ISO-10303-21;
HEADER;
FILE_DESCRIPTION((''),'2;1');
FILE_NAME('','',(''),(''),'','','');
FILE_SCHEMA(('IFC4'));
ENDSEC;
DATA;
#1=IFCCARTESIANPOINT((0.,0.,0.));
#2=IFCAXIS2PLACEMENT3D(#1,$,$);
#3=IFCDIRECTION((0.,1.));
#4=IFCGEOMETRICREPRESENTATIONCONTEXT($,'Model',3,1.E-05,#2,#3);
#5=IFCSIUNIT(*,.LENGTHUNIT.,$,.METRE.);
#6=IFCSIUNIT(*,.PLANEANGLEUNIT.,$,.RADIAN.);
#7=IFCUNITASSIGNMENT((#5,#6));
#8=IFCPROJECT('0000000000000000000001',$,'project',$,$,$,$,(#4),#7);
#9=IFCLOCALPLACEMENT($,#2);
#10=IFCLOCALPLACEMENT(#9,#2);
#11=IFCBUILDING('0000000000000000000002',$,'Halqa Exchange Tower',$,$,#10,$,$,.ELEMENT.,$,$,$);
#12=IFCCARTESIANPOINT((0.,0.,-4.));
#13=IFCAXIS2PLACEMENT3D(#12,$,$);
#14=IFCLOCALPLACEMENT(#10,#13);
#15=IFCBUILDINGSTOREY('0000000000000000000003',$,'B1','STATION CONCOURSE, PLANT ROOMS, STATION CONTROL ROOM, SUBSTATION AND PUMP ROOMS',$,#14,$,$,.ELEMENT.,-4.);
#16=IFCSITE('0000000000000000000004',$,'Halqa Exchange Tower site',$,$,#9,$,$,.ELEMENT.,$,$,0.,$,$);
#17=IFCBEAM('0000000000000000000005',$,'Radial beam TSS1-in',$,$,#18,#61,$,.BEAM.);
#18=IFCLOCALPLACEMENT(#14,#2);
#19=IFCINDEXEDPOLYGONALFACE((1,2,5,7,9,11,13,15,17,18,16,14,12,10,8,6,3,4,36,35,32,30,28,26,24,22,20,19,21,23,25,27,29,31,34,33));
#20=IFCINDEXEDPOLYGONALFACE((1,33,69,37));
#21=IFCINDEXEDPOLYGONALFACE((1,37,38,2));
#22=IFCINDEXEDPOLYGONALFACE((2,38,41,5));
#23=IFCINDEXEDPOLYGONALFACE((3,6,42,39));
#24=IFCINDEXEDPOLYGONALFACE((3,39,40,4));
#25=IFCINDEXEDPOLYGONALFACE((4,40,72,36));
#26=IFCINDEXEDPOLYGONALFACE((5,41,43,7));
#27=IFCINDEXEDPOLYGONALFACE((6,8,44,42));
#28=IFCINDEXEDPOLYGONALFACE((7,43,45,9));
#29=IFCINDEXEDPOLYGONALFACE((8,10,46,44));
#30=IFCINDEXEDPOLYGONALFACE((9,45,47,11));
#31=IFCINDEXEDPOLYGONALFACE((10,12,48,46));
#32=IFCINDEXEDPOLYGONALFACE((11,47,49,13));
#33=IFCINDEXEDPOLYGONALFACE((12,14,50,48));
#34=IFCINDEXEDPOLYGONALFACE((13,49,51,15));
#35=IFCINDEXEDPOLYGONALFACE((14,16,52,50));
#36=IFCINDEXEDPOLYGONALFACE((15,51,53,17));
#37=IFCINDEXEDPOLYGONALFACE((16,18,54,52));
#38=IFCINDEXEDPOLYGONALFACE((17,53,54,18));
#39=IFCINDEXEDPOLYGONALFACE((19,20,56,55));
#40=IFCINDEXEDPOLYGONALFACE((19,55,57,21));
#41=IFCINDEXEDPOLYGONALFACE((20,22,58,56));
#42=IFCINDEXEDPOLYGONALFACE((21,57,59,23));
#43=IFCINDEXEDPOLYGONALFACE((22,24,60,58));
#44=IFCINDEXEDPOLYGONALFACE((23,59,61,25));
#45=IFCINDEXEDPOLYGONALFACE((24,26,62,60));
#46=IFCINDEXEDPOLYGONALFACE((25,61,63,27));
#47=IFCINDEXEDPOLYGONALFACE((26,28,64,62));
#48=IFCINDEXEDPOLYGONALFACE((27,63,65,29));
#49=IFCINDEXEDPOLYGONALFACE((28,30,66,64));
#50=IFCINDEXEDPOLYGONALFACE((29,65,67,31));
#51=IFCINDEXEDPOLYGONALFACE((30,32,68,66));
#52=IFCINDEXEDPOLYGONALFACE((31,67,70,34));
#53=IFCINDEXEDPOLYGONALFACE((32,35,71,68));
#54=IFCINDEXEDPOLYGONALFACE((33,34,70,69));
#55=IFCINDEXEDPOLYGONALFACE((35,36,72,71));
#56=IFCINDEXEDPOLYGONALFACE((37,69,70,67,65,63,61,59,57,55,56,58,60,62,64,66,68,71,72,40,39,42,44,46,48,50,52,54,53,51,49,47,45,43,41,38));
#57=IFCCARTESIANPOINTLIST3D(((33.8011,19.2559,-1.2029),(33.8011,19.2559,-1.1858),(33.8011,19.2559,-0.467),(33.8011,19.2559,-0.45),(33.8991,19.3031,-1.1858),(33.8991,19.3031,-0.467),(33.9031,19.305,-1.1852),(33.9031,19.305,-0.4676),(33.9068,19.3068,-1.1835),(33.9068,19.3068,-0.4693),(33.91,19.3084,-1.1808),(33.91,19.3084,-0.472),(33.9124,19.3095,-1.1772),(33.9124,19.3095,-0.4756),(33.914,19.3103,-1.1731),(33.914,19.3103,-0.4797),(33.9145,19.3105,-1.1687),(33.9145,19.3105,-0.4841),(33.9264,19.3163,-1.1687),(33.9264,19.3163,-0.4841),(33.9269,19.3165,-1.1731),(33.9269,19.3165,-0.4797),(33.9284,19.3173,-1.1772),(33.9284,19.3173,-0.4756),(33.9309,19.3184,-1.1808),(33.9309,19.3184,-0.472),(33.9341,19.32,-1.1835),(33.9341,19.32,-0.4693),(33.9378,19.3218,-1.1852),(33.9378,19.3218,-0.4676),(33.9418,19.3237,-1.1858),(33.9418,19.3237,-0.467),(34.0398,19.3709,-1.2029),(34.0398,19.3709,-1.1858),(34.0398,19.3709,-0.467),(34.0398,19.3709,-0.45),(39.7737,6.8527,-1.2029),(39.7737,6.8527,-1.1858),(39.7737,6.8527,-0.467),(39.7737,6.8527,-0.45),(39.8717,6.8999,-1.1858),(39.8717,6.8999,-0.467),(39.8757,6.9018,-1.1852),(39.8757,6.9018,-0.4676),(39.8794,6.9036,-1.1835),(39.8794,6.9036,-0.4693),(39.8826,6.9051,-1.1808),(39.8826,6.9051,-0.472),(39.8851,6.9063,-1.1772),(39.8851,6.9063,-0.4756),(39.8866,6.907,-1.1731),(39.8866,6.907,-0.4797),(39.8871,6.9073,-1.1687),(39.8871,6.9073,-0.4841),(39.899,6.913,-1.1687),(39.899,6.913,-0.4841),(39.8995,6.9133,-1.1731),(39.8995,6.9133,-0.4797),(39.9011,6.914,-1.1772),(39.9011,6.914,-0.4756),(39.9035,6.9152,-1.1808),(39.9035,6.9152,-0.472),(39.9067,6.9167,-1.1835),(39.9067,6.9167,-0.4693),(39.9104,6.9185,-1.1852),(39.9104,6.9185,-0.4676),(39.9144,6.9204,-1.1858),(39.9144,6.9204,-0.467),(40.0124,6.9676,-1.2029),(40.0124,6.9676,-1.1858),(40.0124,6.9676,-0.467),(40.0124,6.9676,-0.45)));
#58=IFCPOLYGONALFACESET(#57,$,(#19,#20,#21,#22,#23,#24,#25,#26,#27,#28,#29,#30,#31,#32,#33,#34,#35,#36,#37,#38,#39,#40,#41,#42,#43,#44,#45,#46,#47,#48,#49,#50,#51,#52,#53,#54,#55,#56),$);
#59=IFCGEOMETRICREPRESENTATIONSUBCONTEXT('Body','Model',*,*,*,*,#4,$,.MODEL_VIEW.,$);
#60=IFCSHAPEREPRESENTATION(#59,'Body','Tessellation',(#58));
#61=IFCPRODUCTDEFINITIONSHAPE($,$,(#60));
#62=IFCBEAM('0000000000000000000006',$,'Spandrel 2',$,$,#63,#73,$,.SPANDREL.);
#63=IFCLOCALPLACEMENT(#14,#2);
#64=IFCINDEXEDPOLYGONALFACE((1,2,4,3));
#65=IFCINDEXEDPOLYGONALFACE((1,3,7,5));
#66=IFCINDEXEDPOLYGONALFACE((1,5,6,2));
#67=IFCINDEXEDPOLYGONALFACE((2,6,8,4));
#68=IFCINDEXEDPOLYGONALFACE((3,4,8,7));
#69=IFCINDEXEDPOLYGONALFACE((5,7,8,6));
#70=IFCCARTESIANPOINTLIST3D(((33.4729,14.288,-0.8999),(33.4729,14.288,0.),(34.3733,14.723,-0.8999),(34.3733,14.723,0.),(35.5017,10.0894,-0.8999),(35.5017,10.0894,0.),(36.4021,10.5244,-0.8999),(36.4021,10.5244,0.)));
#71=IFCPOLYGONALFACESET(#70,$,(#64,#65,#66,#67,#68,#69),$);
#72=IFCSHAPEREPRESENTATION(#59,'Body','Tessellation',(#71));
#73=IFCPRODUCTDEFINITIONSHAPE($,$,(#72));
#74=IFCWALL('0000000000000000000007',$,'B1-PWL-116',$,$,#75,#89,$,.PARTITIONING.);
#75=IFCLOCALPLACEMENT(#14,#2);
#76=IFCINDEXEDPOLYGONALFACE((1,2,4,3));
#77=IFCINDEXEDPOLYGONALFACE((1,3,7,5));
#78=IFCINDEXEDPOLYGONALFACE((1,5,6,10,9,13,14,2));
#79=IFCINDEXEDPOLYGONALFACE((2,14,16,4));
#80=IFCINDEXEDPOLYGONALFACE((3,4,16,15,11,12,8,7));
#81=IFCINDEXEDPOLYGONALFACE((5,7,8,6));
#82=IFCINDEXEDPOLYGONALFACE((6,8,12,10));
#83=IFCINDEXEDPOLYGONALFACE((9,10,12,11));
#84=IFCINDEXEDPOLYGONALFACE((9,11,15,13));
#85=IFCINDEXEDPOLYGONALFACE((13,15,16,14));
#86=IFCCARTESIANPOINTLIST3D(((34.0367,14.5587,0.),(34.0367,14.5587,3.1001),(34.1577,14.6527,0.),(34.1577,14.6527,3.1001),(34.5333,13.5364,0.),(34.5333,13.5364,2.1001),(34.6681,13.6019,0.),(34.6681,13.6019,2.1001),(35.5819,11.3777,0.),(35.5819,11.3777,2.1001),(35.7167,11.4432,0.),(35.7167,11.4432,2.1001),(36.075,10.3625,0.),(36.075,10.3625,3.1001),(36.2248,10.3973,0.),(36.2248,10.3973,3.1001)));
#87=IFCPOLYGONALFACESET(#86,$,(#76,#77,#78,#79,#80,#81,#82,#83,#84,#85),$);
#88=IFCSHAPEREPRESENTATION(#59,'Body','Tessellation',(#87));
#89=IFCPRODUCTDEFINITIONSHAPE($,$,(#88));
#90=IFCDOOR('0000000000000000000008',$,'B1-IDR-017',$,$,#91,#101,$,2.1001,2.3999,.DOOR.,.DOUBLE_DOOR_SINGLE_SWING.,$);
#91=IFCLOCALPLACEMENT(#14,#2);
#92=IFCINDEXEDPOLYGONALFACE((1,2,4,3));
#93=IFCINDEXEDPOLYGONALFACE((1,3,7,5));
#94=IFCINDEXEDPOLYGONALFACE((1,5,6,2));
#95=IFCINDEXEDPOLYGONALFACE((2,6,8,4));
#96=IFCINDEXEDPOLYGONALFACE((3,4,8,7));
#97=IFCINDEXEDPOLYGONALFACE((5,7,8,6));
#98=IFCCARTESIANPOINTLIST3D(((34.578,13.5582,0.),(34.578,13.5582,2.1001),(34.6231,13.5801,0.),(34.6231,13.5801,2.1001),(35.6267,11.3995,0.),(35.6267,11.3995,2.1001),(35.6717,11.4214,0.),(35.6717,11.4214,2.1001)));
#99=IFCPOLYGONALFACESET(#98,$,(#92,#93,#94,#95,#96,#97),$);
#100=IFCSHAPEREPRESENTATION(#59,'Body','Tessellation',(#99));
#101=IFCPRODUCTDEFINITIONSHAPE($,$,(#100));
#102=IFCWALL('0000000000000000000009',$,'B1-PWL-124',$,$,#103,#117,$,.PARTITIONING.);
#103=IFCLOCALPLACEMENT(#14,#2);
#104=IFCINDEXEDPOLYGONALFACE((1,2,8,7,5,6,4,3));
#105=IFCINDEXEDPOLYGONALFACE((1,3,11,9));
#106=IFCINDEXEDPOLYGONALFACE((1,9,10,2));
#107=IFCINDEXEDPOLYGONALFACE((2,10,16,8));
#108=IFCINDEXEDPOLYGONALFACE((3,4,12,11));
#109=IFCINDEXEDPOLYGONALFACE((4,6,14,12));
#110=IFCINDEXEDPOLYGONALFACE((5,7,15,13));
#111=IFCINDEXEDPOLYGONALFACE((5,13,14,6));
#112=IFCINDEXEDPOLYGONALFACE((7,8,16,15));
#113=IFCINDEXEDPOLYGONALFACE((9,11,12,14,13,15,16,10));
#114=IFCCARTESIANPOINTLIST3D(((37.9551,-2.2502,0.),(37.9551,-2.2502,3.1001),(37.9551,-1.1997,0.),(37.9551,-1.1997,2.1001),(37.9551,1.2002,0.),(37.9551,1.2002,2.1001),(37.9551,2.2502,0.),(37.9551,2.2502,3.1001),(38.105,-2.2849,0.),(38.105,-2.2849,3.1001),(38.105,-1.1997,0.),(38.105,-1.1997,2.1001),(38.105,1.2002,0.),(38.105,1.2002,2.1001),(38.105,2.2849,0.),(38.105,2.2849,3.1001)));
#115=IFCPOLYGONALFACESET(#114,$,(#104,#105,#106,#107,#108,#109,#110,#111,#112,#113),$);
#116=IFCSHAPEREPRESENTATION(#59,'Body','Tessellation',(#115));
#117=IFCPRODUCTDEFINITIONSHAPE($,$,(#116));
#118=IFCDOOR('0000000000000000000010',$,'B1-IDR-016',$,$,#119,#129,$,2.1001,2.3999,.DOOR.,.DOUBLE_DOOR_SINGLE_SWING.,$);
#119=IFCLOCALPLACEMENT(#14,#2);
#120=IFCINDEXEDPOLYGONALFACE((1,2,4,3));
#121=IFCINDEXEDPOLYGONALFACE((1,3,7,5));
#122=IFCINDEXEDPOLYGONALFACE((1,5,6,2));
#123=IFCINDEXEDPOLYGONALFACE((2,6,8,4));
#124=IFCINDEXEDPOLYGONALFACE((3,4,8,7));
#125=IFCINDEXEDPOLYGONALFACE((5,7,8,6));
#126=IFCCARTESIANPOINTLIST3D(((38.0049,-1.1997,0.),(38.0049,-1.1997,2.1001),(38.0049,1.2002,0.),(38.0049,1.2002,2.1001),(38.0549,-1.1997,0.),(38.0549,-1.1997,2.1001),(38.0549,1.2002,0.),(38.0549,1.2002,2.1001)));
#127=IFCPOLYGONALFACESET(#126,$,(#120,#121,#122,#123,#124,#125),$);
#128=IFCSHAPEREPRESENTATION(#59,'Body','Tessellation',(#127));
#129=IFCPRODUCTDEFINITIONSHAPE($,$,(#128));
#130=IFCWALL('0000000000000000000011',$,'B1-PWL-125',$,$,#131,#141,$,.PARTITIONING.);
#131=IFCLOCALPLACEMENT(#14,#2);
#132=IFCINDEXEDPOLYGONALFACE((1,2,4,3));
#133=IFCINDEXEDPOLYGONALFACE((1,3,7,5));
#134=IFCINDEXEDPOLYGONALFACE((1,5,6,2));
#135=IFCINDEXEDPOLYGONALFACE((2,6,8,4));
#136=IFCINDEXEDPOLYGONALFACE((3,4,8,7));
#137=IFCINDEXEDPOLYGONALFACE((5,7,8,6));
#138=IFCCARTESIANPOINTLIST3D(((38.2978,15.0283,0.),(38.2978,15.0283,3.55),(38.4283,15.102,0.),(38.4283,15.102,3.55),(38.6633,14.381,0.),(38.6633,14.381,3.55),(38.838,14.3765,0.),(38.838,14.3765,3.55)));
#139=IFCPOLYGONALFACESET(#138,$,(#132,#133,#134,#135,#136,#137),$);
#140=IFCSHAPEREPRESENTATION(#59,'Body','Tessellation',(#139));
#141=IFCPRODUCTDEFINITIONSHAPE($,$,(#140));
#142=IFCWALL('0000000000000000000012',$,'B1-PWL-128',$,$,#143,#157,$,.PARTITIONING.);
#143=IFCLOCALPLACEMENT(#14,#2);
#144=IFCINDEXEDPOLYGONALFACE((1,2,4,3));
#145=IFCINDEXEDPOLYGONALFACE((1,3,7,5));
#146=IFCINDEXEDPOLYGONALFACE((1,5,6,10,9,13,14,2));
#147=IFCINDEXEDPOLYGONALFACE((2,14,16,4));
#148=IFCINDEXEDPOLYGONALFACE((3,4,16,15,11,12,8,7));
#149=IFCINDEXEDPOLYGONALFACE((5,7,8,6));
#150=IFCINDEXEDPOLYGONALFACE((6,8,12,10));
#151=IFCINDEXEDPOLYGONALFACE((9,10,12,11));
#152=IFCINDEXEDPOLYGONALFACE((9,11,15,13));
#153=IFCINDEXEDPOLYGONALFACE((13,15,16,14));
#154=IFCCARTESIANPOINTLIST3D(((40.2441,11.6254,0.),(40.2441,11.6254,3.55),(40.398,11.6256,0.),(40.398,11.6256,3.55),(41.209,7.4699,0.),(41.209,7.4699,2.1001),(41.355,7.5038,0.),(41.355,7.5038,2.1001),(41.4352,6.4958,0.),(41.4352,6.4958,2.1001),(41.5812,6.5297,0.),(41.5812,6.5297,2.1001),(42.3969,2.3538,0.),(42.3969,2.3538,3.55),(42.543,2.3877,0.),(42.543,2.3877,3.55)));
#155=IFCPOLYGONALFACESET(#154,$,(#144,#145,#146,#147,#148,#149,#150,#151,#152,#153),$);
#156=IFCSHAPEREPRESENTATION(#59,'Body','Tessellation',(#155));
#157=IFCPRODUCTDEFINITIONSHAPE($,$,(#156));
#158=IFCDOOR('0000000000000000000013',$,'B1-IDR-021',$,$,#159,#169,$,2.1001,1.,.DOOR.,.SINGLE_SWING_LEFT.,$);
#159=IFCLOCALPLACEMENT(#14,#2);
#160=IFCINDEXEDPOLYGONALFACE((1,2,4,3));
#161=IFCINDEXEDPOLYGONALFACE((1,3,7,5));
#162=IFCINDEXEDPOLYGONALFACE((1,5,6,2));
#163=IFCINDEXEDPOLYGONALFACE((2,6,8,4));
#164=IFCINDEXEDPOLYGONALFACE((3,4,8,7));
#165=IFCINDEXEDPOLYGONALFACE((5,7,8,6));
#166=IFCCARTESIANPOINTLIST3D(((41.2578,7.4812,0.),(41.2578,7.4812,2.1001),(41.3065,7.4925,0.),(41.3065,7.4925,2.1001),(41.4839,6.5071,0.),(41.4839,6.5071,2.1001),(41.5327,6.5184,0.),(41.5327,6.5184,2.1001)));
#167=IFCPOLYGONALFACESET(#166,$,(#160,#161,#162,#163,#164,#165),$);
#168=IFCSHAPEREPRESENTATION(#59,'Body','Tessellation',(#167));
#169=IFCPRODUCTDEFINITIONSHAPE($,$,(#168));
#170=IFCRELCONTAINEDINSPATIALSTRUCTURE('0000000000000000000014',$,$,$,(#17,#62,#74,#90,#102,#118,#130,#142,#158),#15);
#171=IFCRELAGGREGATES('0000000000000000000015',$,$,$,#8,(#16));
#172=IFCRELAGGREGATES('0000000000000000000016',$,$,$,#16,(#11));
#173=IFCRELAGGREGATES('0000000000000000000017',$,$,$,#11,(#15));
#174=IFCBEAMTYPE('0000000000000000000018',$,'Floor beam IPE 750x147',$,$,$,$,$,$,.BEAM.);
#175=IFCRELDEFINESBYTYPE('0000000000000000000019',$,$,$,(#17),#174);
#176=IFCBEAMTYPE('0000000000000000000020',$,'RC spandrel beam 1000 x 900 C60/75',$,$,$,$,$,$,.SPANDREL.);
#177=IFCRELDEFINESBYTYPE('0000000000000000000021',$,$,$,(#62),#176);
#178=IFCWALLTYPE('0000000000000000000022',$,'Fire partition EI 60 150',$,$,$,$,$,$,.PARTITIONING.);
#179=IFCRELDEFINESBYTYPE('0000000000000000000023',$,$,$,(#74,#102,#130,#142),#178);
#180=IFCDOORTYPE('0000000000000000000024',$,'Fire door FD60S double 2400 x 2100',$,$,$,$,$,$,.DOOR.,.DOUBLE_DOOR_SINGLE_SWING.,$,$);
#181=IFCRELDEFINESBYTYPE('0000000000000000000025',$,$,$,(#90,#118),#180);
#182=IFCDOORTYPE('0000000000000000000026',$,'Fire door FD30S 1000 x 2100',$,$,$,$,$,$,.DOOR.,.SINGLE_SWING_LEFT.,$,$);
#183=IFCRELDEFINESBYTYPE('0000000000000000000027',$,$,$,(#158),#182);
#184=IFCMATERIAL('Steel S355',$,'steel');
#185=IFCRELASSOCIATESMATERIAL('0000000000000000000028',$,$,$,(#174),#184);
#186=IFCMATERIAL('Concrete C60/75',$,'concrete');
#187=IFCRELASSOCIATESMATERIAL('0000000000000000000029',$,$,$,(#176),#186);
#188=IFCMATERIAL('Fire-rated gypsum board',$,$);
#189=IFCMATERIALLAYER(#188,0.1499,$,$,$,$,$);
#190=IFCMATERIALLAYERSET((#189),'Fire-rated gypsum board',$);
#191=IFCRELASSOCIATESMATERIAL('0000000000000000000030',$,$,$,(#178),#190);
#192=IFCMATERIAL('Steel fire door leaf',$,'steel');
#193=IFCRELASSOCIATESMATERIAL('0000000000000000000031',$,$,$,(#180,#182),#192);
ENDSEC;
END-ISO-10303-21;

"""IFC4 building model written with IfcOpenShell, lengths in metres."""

from ifc_helpers import new_model, si_unit, direction, frame, frame_2d, origin, origin_2d, place, context, subcontext, project, spatial, polyline, rectangle, i_section, outline, extrude, material, layer, layer_set, material_profile, profile_set, type_object, element, fill, save


model = new_model("IFC4")

# Units and contexts
model_context = context("Model", 3, precision=1e-05, world=origin(), true_north=direction((0.0, 1.0)))
body_context = subcontext(model_context, "Body", "Model", "MODEL_VIEW")
ifc_project = project(units=[si_unit("LENGTHUNIT", "METRE"), si_unit("PLANEANGLEUNIT", "RADIAN")], contexts=[model_context])

# Site, building, storey
site_placement = place(None, origin())
site = spatial("IfcSite", under=ifc_project, at=site_placement, Name="Halqa Exchange Tower site", CompositionType="ELEMENT", RefElevation=0.0)
building_placement = place(site_placement, origin())
building = spatial("IfcBuilding", under=site, at=building_placement, Name="Halqa Exchange Tower", CompositionType="ELEMENT")
storey_placement = place(building_placement, frame((0.0, 0.0, -4.0)))
storey = spatial("IfcBuildingStorey", under=building, at=storey_placement, Name="B1", Description="STATION CONCOURSE, PLANT ROOMS, STATION CONTROL ROOM, SUBSTATION AND PUMP ROOMS", CompositionType="ELEMENT", Elevation=-4.0)

# Beams
ifc_material_1 = material(Name="Steel S355", Category="steel")
ifc_material_profile_1 = material_profile(ifc_material_1, i_section(OverallWidth=0.2649, OverallDepth=0.7529, WebThickness=0.0132, FlangeThickness=0.0171, FilletRadius=0.0171, at=origin_2d()), Name="IPE 750x147")
ifc_profile_set_1 = profile_set([ifc_material_profile_1], Name="Steel S355")
beam_type_1 = type_object("IfcBeamType", Name="Floor beam IPE 750x147", PredefinedType="BEAM", material=ifc_profile_set_1)
beam_1_placement = place(storey_placement, frame((39.8931, 6.9102, -0.8264), z_axis=(-0.433856, 0.900982, 0.0), x_axis=(-0.900982, -0.433856, 0.0)))
element("IfcBeam", 1, at=beam_1_placement, inside=storey, type_object=beam_type_1, Name="Radial beam TSS1-in", PredefinedType="BEAM", context=body_context, shape_type="SweptSolid", body=[
    extrude(i_section(OverallWidth=0.2649, OverallDepth=0.7529, WebThickness=0.0132, FlangeThickness=0.0171, FilletRadius=0.0171, at=origin_2d()), origin(), (0.0, 0.0, 1.0), 13.7664),
])
ifc_material_2 = material(Name="Concrete C60/75", Category="concrete")
ifc_material_profile_2 = material_profile(ifc_material_2, rectangle(XDim=1.0, YDim=0.8999, at=origin_2d()), Name="1000 x 900")
ifc_profile_set_2 = profile_set([ifc_material_profile_2], Name="Concrete C60/75")
beam_type_2 = type_object("IfcBeamType", Name="RC spandrel beam 1000 x 900 C60/75", PredefinedType="SPANDREL", material=ifc_profile_set_2)
beam_2_placement = place(storey_placement, frame((35.9519, 10.3069, -0.45), z_axis=(-0.435068, 0.900397, 0.0), x_axis=(-0.900397, -0.435068, 0.0)))
element("IfcBeam", 2, at=beam_2_placement, inside=storey, type_object=beam_type_2, Name="Spandrel 2", PredefinedType="SPANDREL", context=body_context, shape_type="SweptSolid", body=[
    extrude(rectangle(XDim=1.0, YDim=0.8999, at=origin_2d()), origin(), (0.0, 0.0, 1.0), 4.6631),
])

# Walls, openings, doors
ifc_material_3 = material(Name="Fire-rated gypsum board")
ifc_layer_1 = layer(ifc_material_3, 0.1499)
ifc_layer_set_1 = layer_set([ifc_layer_1], Name="Fire-rated gypsum board")
wall_type_1 = type_object("IfcWallType", Name="Fire partition EI 60 150", PredefinedType="PARTITIONING", material=ifc_layer_set_1)
wall_1_placement = place(storey_placement, frame((34.0972, 14.6057, 0.0), z_axis=(0.0, 0.0, 1.0), x_axis=(0.436936, -0.899492, 0.0)))
wall_1 = element("IfcWall", 3, at=wall_1_placement, inside=storey, type_object=wall_type_1, Name="B1-PWL-116", PredefinedType="PARTITIONING", context=body_context, shape_type="SweptSolid", body=[
    extrude(outline(polyline([(0.0159, -0.075), (4.6809, -0.075), (4.7151, 0.075), (-0.0159, 0.075), (0.0159, -0.075)])), origin(), (0.0, 0.0, 1.0), 3.1001),
])
opening_1_placement = place(wall_1_placement, frame((1.1523, 0.0, 0.0)))
opening_1 = element("IfcOpeningElement", 4, at=opening_1_placement, cuts=wall_1, PredefinedType="OPENING", context=body_context, shape_type="SweptSolid", body=[
    extrude(rectangle(XDim=2.3999, YDim=2.1001, at=frame_2d((1.2, 1.05))), frame((0.0, 0.0869, 0.0), z_axis=(0.0, -1.0, 0.0), x_axis=(1.0, 0.0, 0.0)), (0.0, 0.0, 1.0), 0.1738),
])
ifc_material_4 = material(Name="Steel fire door leaf", Category="steel")
door_type_1 = type_object("IfcDoorType", Name="Fire door FD60S double 2400 x 2100", OperationType="DOUBLE_DOOR_SINGLE_SWING", PredefinedType="DOOR", material=ifc_material_4)
door_1_placement = place(opening_1_placement, origin())
door_1 = element("IfcDoor", 5, at=door_1_placement, inside=storey, type_object=door_type_1, Name="B1-IDR-017", OperationType="DOUBLE_DOOR_SINGLE_SWING", OverallHeight=2.1001, OverallWidth=2.3999, PredefinedType="DOOR", context=body_context, shape_type="SweptSolid", body=[
    extrude(rectangle(XDim=2.3999, YDim=2.1001, at=frame_2d((1.2, 1.05))), frame((0.0, 0.0249, 0.0), z_axis=(0.0, -1.0, 0.0), x_axis=(1.0, 0.0, 0.0)), (0.0, 0.0, 1.0), 0.05),
])
fill(opening_1, door_1)
wall_2_placement = place(storey_placement, frame((38.03, 2.2676, 0.0), z_axis=(0.0, 0.0, 1.0), x_axis=(0.0, -1.0, 0.0)))
wall_2 = element("IfcWall", 6, at=wall_2_placement, inside=storey, type_object=wall_type_1, Name="B1-PWL-124", PredefinedType="PARTITIONING", context=body_context, shape_type="SweptSolid", body=[
    extrude(outline(polyline([(0.0173, -0.075), (4.5178, -0.075), (4.5525, 0.075), (-0.0173, 0.075), (0.0173, -0.075)])), origin(), (0.0, 0.0, 1.0), 3.1001),
])
opening_2_placement = place(wall_2_placement, frame((1.0674, 0.0, 0.0)))
opening_2 = element("IfcOpeningElement", 7, at=opening_2_placement, cuts=wall_2, PredefinedType="OPENING", context=body_context, shape_type="SweptSolid", body=[
    extrude(rectangle(XDim=2.3999, YDim=2.1001, at=frame_2d((1.2, 1.05))), frame((0.0, 0.0869, 0.0), z_axis=(0.0, -1.0, 0.0), x_axis=(1.0, 0.0, 0.0)), (0.0, 0.0, 1.0), 0.1738),
])
door_2_placement = place(opening_2_placement, origin())
door_2 = element("IfcDoor", 8, at=door_2_placement, inside=storey, type_object=door_type_1, Name="B1-IDR-016", OperationType="DOUBLE_DOOR_SINGLE_SWING", OverallHeight=2.1001, OverallWidth=2.3999, PredefinedType="DOOR", context=body_context, shape_type="SweptSolid", body=[
    extrude(rectangle(XDim=2.3999, YDim=2.1001, at=frame_2d((1.2, 1.05))), frame((0.0, 0.0249, 0.0), z_axis=(0.0, -1.0, 0.0), x_axis=(1.0, 0.0, 0.0)), (0.0, 0.0, 1.0), 0.05),
])
fill(opening_2, door_2)

# Wall
wall_3_placement = place(storey_placement, frame((38.363, 15.0652, 0.0), z_axis=(0.0, 0.0, 1.0), x_axis=(0.491731, -0.870747, 0.0)))
element("IfcWall", 9, at=wall_3_placement, inside=storey, type_object=wall_type_1, Name="B1-PWL-125", PredefinedType="PARTITIONING", context=body_context, shape_type="SweptSolid", body=[
    extrude(outline(polyline([(0.0, -0.075), (0.7434, -0.075), (0.8333, 0.075), (0.0, 0.075), (0.0, -0.075)])), origin(), (0.0, 0.0, 1.0), 3.55),
])

# Wall, opening, door
wall_4_placement = place(storey_placement, frame((40.321, 11.6255, 0.0), z_axis=(0.0, 0.0, 1.0), x_axis=(0.226177, -0.974086, 0.0)))
wall_4 = element("IfcWall", 10, at=wall_4_placement, inside=storey, type_object=wall_type_1, Name="B1-PWL-128", PredefinedType="PARTITIONING", context=body_context, shape_type="SweptSolid", body=[
    extrude(outline(polyline([(-0.0173, -0.075), (9.501, -0.075), (9.501, 0.075), (0.0173, 0.075), (-0.0173, -0.075)])), origin(), (0.0, 0.0, 1.0), 3.55),
])
opening_3_placement = place(wall_4_placement, frame((4.2488, 0.0, 0.0)))
opening_3 = element("IfcOpeningElement", 11, at=opening_3_placement, cuts=wall_4, PredefinedType="OPENING", context=body_context, shape_type="SweptSolid", body=[
    extrude(rectangle(XDim=1.0, YDim=2.1001, at=frame_2d((0.5, 1.05))), frame((0.0, 0.0869, 0.0), z_axis=(0.0, -1.0, 0.0), x_axis=(1.0, 0.0, 0.0)), (0.0, 0.0, 1.0), 0.1738),
])
door_type_2 = type_object("IfcDoorType", Name="Fire door FD30S 1000 x 2100", OperationType="SINGLE_SWING_LEFT", PredefinedType="DOOR", material=ifc_material_4)
door_3_placement = place(opening_3_placement, frame((1.0, 0.0, 0.0), z_axis=(0.0, 0.0, 1.0), x_axis=(-1.0, 0.0, 0.0)))
door_3 = element("IfcDoor", 12, at=door_3_placement, inside=storey, type_object=door_type_2, Name="B1-IDR-021", OperationType="SINGLE_SWING_LEFT", OverallHeight=2.1001, OverallWidth=1.0, PredefinedType="DOOR", context=body_context, shape_type="SweptSolid", body=[
    extrude(rectangle(XDim=1.0, YDim=2.1001, at=frame_2d((0.5, 1.05))), frame((0.0, 0.0249, 0.0), z_axis=(0.0, -1.0, 0.0), x_axis=(1.0, 0.0, 0.0)), (0.0, 0.0, 1.0), 0.05),
])
fill(opening_3, door_3)

save(model, "model.ifc")
